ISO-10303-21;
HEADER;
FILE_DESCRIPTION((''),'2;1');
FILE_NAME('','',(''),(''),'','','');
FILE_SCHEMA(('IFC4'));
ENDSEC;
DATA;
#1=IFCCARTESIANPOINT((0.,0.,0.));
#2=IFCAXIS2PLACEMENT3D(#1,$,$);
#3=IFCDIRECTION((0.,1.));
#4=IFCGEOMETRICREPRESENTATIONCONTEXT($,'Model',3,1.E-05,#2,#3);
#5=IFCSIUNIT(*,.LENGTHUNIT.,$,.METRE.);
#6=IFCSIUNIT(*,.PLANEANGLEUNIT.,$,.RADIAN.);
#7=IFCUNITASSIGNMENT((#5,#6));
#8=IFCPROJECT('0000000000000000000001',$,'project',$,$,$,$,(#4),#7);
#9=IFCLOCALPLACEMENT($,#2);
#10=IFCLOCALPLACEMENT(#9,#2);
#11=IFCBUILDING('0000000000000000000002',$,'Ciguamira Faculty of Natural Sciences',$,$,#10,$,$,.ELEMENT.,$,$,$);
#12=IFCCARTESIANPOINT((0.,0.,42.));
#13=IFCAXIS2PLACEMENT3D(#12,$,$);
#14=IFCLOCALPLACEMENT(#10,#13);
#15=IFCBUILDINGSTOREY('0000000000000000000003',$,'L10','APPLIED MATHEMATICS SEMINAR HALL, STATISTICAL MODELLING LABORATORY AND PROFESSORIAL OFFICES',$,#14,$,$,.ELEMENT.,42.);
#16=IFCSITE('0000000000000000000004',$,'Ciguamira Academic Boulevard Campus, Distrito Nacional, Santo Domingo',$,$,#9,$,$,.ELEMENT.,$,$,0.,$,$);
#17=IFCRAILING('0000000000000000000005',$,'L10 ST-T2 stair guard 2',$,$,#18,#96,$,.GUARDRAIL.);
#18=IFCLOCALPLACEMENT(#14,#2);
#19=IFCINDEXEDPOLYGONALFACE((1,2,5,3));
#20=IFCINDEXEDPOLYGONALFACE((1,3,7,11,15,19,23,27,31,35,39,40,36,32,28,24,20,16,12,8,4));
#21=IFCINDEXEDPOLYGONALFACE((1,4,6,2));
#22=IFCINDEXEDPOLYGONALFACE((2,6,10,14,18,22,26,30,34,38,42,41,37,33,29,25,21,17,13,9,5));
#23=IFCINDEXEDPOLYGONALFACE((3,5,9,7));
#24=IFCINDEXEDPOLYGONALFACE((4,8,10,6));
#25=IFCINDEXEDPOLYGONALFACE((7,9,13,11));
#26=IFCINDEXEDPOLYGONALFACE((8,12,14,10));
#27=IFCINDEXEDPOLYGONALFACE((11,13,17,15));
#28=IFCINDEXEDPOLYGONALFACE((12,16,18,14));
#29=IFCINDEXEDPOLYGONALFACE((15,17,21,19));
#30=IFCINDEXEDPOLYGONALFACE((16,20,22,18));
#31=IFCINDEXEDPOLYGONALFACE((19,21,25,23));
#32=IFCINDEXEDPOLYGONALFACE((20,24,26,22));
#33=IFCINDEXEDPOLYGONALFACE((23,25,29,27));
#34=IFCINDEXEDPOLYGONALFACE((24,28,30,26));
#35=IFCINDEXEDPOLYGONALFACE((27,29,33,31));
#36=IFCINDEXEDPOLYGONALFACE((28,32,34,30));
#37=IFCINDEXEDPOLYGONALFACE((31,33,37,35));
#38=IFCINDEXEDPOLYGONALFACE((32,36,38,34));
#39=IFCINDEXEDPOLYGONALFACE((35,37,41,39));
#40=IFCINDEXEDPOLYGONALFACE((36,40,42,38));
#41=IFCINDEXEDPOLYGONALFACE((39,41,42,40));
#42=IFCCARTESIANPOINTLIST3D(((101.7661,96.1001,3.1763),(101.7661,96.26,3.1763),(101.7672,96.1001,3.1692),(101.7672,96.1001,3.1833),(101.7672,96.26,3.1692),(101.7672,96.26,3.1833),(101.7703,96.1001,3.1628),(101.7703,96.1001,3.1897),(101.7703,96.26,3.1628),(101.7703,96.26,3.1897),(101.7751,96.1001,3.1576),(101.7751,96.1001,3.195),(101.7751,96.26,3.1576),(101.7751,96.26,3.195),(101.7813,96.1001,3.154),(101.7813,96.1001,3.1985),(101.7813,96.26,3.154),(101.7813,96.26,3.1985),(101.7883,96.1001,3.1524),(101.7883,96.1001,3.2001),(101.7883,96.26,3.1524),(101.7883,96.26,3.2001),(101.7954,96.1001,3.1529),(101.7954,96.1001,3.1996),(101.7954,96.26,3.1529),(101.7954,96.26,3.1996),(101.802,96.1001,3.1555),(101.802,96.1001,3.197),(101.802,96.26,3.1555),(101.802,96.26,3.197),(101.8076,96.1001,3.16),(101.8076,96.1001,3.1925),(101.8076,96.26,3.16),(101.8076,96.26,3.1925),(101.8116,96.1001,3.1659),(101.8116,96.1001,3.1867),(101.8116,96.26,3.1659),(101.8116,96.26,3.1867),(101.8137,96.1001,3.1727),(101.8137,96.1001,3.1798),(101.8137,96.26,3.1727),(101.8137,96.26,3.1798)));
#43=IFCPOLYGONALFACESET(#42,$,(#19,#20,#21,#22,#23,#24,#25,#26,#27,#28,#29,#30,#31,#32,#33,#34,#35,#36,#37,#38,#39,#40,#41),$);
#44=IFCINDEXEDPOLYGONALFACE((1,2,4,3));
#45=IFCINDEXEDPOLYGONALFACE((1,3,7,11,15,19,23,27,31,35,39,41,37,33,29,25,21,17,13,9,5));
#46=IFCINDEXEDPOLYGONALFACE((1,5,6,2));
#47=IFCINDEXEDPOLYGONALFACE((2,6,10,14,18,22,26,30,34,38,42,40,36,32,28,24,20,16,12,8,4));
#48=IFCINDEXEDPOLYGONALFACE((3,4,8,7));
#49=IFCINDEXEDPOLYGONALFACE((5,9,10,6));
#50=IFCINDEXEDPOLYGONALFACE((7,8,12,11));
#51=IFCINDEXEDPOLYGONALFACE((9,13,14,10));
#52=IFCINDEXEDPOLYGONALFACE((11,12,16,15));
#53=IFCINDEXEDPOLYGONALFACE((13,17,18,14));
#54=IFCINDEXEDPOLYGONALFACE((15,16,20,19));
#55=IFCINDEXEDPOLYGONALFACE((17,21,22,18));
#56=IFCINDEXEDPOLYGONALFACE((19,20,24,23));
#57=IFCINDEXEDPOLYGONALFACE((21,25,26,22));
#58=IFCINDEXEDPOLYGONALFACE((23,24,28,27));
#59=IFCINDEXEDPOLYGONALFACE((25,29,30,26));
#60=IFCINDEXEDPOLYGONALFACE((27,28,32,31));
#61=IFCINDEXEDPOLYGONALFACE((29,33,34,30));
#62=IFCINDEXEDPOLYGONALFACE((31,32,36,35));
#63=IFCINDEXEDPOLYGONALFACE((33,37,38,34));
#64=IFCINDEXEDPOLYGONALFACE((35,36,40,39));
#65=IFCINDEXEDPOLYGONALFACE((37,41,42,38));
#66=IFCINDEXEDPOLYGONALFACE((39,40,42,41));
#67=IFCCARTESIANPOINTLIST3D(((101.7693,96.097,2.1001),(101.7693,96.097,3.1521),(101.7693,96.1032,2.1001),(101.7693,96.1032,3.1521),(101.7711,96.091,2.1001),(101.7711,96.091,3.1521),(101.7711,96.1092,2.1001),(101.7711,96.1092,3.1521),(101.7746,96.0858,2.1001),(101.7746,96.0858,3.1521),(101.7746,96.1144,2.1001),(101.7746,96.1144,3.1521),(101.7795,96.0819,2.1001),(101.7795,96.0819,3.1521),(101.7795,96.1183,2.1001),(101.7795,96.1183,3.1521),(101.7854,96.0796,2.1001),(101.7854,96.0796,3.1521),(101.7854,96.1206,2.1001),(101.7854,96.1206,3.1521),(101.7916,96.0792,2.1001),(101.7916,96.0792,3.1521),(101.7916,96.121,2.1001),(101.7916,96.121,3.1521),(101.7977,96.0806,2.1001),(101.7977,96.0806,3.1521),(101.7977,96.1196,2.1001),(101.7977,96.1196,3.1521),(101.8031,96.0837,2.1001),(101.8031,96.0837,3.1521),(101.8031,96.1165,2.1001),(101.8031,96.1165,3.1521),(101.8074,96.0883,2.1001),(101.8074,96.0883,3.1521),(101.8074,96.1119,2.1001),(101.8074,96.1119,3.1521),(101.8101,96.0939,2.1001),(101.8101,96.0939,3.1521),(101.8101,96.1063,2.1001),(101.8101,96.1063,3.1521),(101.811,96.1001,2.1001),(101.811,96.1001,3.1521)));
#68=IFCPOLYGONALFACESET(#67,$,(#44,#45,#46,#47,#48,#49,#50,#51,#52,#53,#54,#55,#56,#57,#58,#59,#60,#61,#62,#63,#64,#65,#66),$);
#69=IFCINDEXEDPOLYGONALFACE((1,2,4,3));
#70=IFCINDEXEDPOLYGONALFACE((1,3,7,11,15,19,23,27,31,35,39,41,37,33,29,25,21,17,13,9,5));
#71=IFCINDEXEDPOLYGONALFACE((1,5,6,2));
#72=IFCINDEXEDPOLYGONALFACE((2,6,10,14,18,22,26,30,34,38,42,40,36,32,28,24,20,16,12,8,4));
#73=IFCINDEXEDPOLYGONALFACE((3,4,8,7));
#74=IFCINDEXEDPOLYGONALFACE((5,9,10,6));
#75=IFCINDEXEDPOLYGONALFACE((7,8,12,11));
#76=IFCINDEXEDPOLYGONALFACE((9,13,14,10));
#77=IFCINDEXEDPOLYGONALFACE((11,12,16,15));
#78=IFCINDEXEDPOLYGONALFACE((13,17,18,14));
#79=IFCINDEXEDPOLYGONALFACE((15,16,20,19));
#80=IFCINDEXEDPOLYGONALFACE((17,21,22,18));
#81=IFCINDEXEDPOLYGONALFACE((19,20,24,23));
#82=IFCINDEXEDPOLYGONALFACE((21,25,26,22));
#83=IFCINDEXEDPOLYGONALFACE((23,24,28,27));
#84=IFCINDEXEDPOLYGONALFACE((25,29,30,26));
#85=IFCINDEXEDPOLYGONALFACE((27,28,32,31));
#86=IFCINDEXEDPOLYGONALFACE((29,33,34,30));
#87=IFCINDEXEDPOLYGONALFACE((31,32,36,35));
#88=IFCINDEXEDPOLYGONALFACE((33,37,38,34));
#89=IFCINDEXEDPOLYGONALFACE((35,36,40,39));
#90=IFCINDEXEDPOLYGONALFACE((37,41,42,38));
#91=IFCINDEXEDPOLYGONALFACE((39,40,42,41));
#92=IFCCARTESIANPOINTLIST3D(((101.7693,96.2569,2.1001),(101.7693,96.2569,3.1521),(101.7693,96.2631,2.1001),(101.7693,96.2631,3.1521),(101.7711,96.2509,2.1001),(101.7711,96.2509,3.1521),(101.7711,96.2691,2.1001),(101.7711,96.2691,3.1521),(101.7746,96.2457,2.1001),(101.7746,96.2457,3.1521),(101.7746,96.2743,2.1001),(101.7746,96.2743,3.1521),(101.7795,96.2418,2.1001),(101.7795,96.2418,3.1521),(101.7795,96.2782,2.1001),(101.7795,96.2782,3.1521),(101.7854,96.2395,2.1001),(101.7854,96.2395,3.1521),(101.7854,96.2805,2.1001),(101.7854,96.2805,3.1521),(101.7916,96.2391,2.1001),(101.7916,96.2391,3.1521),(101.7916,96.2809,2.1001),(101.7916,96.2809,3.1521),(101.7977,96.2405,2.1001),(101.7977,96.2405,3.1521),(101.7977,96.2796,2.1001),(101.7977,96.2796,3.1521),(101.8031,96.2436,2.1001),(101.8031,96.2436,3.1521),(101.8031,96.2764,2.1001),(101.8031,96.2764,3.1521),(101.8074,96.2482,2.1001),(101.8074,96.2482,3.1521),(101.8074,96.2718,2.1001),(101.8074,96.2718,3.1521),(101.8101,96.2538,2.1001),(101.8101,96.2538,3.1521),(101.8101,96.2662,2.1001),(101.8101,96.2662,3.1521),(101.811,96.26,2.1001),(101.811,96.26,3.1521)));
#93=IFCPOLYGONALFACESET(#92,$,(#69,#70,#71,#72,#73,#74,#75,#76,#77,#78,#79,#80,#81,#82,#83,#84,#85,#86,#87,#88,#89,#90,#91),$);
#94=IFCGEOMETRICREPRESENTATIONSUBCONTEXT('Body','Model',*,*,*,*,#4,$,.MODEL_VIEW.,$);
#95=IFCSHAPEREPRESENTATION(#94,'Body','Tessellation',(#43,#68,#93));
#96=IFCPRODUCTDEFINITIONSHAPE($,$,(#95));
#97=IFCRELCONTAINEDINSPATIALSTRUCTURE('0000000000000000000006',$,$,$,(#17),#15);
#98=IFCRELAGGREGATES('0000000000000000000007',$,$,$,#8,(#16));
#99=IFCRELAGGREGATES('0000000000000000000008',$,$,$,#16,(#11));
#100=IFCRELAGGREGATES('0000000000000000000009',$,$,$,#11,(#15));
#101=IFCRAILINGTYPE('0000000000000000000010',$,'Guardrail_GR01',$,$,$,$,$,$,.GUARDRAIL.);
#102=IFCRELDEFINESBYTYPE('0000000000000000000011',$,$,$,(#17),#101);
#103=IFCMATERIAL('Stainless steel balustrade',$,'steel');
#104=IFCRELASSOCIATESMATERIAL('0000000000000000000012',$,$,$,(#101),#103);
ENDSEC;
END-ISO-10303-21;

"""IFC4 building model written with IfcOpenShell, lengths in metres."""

from ifc_helpers import new_model, si_unit, direction, frame, origin, origin_2d, place, context, subcontext, project, spatial, circle, extrude, material, type_object, element, save


model = new_model("IFC4")

# Units and contexts
model_context = context("Model", 3, precision=1e-05, world=origin(), true_north=direction((0.0, 1.0)))
body_context = subcontext(model_context, "Body", "Model", "MODEL_VIEW")
ifc_project = project(units=[si_unit("LENGTHUNIT", "METRE"), si_unit("PLANEANGLEUNIT", "RADIAN")], contexts=[model_context])

# Site, building, storey
site_placement = place(None, origin())
site = spatial("IfcSite", under=ifc_project, at=site_placement, Name="Ciguamira Academic Boulevard Campus, Distrito Nacional, Santo Domingo", CompositionType="ELEMENT", RefElevation=0.0)
building_placement = place(site_placement, origin())
building = spatial("IfcBuilding", under=site, at=building_placement, Name="Ciguamira Faculty of Natural Sciences", CompositionType="ELEMENT")
storey_placement = place(building_placement, frame((0.0, 0.0, 42.0)))
storey = spatial("IfcBuildingStorey", under=building, at=storey_placement, Name="L10", Description="APPLIED MATHEMATICS SEMINAR HALL, STATISTICAL MODELLING LABORATORY AND PROFESSORIAL OFFICES", CompositionType="ELEMENT", Elevation=42.0)

# Railing
ifc_material_1 = material(Name="Stainless steel balustrade", Category="steel")
railing_type_1 = type_object("IfcRailingType", Name="Guardrail_GR01", PredefinedType="GUARDRAIL", material=ifc_material_1)
railing_1_placement = place(storey_placement, frame((101.79, 96.1001, 2.1001)))
element("IfcRailing", 1, at=railing_1_placement, inside=storey, type_object=railing_type_1, Name="L10 ST-T2 stair guard 2", PredefinedType="GUARDRAIL", context=body_context, shape_type="SweptSolid", body=[
    extrude(circle(Radius=0.0239, at=origin_2d()), frame((0.0, 0.0, 1.0762), z_axis=(0.0, 1.0, 0.0), x_axis=(-1.0, 0.0, 0.0)), (0.0, 0.0, 1.0), 0.1599),
    extrude(circle(Radius=0.021, at=origin_2d()), origin(), (0.0, 0.0, 1.0), 1.052),
    extrude(circle(Radius=0.021, at=origin_2d()), frame((0.0, 0.1599, 0.0)), (0.0, 0.0, 1.0), 1.052),
])

save(model, "model.ifc")
